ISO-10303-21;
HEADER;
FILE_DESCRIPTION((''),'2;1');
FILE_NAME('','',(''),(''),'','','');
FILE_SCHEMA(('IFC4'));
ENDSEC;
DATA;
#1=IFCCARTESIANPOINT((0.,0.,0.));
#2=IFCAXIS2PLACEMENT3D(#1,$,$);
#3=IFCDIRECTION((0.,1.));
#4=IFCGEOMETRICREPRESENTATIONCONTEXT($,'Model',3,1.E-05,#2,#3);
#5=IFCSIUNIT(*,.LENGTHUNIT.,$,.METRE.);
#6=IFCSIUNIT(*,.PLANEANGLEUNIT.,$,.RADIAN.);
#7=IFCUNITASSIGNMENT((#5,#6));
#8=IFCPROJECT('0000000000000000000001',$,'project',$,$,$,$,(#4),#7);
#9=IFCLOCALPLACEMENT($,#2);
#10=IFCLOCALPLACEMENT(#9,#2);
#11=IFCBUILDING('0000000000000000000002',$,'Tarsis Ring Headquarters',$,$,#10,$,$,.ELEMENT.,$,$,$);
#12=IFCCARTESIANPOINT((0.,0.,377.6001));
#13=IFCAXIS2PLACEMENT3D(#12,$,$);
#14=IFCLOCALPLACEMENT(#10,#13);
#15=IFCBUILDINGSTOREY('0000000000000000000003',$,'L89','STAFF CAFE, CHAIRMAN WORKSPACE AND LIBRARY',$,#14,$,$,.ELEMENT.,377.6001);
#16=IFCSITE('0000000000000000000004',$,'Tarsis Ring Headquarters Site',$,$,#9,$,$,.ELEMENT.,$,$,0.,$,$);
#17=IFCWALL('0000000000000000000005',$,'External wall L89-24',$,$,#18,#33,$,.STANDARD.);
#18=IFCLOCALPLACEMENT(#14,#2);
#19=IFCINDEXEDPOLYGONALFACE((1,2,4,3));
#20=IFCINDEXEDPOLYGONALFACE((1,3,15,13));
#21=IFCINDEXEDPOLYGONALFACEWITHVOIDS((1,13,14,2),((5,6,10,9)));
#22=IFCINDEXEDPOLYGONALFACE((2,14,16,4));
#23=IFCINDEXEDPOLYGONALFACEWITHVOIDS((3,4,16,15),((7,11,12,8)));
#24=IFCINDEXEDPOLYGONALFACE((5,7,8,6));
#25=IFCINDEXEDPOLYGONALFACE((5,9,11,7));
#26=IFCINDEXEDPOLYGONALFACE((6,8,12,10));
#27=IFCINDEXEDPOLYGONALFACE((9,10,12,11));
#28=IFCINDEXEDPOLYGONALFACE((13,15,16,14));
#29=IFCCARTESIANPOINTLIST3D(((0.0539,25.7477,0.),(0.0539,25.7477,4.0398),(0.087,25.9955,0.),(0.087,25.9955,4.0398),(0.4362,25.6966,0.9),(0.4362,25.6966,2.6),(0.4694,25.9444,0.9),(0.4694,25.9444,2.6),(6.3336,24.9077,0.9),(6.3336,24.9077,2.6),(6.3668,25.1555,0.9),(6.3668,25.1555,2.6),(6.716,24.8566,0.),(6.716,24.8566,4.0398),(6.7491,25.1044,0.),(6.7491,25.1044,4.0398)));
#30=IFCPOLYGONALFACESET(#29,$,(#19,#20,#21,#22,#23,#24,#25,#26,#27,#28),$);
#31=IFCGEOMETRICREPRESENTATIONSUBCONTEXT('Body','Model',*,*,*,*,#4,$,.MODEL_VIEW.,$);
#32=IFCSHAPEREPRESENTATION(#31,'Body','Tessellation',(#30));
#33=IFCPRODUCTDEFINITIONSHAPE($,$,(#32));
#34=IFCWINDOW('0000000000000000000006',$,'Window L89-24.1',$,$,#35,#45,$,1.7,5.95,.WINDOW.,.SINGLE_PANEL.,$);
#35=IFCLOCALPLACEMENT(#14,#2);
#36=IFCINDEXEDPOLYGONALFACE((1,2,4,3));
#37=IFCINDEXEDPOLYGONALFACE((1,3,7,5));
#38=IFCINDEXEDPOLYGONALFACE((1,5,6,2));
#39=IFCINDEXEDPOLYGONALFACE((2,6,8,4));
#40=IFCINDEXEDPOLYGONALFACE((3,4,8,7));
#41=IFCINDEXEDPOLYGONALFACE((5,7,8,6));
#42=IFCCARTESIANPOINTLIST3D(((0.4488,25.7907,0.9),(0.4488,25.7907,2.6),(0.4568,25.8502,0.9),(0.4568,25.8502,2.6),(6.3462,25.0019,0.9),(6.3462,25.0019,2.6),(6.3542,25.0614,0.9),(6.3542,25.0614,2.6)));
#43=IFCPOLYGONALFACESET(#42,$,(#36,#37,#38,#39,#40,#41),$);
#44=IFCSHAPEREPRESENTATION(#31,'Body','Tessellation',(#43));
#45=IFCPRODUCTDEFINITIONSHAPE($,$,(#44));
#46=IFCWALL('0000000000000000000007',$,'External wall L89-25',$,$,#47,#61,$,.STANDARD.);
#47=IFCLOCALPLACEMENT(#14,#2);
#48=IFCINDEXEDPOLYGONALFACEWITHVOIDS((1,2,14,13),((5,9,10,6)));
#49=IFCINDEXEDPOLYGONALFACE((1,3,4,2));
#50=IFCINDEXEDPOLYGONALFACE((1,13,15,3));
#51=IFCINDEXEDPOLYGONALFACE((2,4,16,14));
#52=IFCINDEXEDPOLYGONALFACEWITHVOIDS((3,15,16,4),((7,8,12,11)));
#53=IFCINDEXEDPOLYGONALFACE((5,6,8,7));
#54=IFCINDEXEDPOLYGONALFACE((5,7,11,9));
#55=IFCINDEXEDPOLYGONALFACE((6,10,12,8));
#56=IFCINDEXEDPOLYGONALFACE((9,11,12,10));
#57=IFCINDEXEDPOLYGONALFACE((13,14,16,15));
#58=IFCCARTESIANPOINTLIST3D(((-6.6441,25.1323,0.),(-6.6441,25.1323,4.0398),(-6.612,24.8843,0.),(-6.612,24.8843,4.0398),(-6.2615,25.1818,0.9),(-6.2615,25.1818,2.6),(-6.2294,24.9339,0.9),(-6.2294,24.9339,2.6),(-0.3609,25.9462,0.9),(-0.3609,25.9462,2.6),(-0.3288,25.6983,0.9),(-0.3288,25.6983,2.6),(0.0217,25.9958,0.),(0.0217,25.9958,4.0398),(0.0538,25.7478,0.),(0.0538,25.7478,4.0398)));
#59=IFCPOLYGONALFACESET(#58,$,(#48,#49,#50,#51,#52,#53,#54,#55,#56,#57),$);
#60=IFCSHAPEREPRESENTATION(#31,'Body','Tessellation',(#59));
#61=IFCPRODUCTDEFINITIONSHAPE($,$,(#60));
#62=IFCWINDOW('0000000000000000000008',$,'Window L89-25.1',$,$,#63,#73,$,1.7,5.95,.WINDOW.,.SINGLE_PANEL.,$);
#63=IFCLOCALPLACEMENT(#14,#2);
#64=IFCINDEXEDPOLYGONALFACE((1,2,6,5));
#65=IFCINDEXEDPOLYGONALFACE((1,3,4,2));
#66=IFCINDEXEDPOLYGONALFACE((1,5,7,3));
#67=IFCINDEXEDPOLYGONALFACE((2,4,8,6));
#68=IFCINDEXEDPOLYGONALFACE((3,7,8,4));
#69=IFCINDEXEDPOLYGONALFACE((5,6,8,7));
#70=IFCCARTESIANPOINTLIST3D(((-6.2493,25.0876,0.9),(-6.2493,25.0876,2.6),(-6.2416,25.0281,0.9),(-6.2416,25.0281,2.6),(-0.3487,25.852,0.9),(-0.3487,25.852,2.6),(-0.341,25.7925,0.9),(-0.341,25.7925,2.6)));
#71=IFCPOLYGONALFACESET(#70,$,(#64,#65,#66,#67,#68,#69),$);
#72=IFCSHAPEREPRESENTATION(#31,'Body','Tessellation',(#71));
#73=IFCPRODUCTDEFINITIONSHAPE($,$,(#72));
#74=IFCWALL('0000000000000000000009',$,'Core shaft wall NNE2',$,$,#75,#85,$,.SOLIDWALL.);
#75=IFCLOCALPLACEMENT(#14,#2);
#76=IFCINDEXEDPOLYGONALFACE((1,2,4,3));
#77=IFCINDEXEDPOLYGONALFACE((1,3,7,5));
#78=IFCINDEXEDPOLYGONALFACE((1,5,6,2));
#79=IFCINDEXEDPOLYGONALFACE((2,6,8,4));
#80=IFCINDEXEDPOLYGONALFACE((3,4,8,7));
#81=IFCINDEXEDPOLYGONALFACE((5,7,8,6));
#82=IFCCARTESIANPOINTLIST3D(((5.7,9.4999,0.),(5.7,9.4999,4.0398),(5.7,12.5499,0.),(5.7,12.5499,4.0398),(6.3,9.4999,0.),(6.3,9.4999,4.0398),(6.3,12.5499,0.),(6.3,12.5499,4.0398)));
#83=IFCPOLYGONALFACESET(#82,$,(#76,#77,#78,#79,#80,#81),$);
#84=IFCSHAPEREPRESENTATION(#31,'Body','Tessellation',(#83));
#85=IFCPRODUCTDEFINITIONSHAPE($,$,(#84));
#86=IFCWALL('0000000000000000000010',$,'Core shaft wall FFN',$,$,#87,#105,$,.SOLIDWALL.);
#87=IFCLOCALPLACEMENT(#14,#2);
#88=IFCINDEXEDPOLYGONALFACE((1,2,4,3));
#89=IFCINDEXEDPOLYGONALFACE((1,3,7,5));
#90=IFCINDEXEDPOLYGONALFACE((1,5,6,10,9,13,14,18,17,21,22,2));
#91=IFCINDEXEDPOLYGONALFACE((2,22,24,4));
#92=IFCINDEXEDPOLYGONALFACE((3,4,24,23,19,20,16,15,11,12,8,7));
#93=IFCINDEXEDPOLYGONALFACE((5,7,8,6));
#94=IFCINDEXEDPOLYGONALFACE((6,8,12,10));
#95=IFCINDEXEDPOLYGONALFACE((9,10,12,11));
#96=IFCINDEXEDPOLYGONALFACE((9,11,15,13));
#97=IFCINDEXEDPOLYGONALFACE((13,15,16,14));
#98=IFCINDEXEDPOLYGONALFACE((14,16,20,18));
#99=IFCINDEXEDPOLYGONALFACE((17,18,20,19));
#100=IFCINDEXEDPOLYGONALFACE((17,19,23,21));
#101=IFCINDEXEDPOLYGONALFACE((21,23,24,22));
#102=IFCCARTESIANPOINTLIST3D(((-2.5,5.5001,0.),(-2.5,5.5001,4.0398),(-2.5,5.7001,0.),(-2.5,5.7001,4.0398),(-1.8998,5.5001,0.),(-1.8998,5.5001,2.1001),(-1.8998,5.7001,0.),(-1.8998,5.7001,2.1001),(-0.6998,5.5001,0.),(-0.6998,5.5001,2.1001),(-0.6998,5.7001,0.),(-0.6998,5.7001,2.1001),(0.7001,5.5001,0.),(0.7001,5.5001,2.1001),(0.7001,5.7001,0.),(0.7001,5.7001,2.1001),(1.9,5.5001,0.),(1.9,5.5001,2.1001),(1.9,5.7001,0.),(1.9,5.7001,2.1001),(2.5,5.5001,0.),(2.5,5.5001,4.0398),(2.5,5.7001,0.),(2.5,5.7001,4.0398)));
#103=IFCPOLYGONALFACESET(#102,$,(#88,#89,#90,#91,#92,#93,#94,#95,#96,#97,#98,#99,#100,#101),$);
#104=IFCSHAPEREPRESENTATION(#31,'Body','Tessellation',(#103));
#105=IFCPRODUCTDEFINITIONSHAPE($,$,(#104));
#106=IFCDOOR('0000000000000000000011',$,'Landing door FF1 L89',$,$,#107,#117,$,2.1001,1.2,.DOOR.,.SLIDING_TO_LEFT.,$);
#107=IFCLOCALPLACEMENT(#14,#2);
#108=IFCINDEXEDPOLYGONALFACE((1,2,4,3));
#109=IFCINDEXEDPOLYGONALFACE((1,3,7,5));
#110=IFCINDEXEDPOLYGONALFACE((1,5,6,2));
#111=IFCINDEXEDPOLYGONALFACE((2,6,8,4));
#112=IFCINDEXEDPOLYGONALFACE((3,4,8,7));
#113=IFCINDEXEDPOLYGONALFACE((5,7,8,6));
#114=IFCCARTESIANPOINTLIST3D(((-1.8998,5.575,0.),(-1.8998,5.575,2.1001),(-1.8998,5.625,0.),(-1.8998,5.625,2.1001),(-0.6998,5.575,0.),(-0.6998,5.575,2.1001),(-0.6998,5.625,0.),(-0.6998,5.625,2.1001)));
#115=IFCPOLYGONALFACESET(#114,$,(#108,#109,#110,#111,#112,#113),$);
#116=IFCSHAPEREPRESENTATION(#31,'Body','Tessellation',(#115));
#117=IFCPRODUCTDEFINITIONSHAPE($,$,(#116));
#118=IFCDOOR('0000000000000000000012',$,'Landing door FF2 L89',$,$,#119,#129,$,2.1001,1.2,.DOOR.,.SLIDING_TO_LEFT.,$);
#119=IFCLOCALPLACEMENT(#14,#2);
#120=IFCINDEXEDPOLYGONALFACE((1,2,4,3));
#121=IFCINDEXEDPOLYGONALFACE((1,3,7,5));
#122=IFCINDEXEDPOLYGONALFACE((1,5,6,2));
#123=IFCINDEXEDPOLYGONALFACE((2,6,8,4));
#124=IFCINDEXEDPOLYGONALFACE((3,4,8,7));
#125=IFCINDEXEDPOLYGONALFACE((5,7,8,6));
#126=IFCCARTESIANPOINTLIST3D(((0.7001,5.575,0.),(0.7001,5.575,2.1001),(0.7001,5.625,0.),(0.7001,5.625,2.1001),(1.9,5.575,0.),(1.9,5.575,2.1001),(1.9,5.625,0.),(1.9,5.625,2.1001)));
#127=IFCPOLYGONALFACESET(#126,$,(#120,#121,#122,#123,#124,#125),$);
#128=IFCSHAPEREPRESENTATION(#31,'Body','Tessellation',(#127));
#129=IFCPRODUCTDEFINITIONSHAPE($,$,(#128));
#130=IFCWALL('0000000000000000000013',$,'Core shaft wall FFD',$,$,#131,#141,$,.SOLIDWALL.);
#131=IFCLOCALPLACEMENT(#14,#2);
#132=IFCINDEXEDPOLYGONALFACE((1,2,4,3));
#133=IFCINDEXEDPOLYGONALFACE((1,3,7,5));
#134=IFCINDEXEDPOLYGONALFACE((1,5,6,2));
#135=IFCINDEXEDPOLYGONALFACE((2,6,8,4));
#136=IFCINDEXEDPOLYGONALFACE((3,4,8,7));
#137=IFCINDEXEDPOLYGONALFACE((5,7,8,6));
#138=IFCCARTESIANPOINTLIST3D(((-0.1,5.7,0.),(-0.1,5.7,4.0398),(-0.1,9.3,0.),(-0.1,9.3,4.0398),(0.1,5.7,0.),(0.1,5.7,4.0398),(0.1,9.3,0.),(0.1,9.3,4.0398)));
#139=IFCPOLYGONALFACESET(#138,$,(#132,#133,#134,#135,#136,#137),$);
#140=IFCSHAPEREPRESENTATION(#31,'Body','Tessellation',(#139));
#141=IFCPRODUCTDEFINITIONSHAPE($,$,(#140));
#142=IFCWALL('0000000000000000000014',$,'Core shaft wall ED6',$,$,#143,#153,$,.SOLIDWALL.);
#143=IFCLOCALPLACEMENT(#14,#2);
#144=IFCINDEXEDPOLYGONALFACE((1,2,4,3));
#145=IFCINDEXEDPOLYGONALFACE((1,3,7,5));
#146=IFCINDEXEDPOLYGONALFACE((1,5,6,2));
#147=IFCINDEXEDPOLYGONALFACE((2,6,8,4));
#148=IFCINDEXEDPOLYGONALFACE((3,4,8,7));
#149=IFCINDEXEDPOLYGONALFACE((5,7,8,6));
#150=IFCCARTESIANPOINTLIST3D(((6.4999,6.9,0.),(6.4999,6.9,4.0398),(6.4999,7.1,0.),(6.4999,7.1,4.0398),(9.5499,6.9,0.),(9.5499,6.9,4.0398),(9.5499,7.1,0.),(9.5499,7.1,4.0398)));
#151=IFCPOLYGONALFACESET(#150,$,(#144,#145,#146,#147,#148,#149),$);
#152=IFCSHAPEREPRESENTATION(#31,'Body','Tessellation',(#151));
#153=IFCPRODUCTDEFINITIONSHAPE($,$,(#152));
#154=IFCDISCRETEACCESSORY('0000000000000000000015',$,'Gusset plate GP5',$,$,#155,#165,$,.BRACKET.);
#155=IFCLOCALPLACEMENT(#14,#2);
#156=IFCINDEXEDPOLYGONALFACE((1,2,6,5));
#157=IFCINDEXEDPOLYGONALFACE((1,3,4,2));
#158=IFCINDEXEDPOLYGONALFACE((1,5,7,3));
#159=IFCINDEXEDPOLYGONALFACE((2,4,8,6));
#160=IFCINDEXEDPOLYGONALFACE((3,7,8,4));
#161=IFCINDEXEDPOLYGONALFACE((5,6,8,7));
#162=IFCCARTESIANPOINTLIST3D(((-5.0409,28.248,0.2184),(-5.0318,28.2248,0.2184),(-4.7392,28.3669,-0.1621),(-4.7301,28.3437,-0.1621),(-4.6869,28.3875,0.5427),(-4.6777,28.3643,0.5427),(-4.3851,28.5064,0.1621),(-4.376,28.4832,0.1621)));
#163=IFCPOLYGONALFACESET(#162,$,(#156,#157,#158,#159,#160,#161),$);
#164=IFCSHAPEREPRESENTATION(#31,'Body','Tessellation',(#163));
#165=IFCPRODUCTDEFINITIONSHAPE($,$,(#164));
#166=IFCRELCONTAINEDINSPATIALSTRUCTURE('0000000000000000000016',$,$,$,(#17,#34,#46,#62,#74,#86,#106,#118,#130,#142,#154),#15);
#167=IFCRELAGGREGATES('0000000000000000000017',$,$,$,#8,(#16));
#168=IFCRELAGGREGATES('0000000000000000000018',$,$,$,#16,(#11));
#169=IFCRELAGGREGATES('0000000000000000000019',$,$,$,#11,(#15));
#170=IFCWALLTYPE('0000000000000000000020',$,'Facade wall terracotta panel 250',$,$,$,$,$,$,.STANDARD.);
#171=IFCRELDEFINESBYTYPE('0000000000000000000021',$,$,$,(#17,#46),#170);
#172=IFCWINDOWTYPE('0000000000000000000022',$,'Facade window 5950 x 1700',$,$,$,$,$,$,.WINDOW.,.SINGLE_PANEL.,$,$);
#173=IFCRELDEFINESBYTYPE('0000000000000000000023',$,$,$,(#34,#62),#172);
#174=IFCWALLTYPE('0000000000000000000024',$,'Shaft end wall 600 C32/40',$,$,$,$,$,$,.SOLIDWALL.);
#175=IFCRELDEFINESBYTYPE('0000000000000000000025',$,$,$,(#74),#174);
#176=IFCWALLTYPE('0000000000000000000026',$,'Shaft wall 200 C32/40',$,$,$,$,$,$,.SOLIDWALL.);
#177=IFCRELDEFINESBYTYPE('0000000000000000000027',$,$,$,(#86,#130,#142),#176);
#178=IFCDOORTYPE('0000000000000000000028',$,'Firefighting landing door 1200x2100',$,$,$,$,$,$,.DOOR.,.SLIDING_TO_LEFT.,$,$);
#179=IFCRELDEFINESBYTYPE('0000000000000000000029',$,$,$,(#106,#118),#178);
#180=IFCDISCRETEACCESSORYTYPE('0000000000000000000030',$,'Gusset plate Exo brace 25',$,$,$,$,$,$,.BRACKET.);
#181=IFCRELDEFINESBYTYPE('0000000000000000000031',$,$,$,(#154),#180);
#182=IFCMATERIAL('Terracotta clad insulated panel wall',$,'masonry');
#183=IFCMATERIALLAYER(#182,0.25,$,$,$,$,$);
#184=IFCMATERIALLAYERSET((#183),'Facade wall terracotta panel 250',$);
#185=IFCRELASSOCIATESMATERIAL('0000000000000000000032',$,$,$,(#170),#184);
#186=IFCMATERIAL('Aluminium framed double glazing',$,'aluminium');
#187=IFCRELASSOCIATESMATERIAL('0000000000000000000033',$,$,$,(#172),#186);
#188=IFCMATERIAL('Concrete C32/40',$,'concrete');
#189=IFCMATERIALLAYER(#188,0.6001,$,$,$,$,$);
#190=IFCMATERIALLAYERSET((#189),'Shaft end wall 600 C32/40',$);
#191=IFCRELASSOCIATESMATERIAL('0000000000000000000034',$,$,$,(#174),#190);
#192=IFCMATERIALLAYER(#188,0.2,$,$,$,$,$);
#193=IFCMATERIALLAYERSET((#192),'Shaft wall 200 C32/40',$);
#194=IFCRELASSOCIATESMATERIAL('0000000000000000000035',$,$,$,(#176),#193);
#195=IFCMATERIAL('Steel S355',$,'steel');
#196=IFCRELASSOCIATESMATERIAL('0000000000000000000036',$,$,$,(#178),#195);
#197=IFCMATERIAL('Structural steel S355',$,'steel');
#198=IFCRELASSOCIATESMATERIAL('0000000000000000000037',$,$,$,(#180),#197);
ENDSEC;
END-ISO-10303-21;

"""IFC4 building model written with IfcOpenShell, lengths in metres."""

from ifc_helpers import new_model, si_unit, direction, frame, frame_2d, origin, origin_2d, place, context, subcontext, project, spatial, rectangle, extrude, material, layer, layer_set, material_profile, profile_set, type_object, element, fill, save


model = new_model("IFC4")

# Units and contexts
model_context = context("Model", 3, precision=1e-05, world=origin(), true_north=direction((0.0, 1.0)))
body_context = subcontext(model_context, "Body", "Model", "MODEL_VIEW")
ifc_project = project(units=[si_unit("LENGTHUNIT", "METRE"), si_unit("PLANEANGLEUNIT", "RADIAN")], contexts=[model_context])

# Site, building, storey
site_placement = place(None, origin())
site = spatial("IfcSite", under=ifc_project, at=site_placement, Name="Tarsis Ring Headquarters Site", CompositionType="ELEMENT", RefElevation=0.0)
building_placement = place(site_placement, origin())
building = spatial("IfcBuilding", under=site, at=building_placement, Name="Tarsis Ring Headquarters", CompositionType="ELEMENT")
storey_placement = place(building_placement, frame((0.0, 0.0, 377.6001)))
storey = spatial("IfcBuildingStorey", under=building, at=storey_placement, Name="L89", Description="STAFF CAFE, CHAIRMAN WORKSPACE AND LIBRARY", CompositionType="ELEMENT", Elevation=377.6001)

# Shared definitions
ifc_material_1 = material(Name="Structural steel S355", Category="steel")

# Walls, openings, windows
ifc_material_2 = material(Name="Terracotta clad insulated panel wall", Category="masonry")
ifc_layer_1 = layer(ifc_material_2, 0.25)
ifc_layer_set_1 = layer_set([ifc_layer_1], Name="Facade wall terracotta panel 250")
wall_type_1 = type_object("IfcWallType", Name="Facade wall terracotta panel 250", PredefinedType="STANDARD", material=ifc_layer_set_1)
wall_1_placement = place(storey_placement, frame((6.7327, 24.9805, 0.0), z_axis=(0.0, 0.0, 1.0), x_axis=(-0.991173, 0.132578, 0.0)))
wall_1 = element("IfcWall", 1, at=wall_1_placement, inside=storey, type_object=wall_type_1, Name="External wall L89-24", PredefinedType="STANDARD", context=body_context, shape_type="SweptSolid", body=[
    extrude(rectangle(XDim=6.7214, YDim=0.25, at=frame_2d((3.3608, 0.0))), origin(), (0.0, 0.0, 1.0), 4.0398),
])
opening_1_placement = place(wall_1_placement, frame((0.3857, 0.0, 0.8999)))
opening_1 = element("IfcOpeningElement", 2, at=opening_1_placement, cuts=wall_1, PredefinedType="OPENING", context=body_context, shape_type="SweptSolid", body=[
    extrude(rectangle(XDim=5.95, YDim=1.7, at=frame_2d((2.9751, 0.8501))), frame((0.0, 0.135, 0.0), z_axis=(0.0, -1.0, 0.0), x_axis=(1.0, 0.0, 0.0)), (0.0, 0.0, 1.0), 0.27),
])
ifc_material_3 = material(Name="Aluminium framed double glazing", Category="aluminium")
window_type = type_object("IfcWindowType", Name="Facade window 5950 x 1700", PartitioningType="SINGLE_PANEL", PredefinedType="WINDOW", material=ifc_material_3)
window_1_placement = place(opening_1_placement, origin())
window_1 = element("IfcWindow", 3, at=window_1_placement, inside=storey, type_object=window_type, Name="Window L89-24.1", OverallHeight=1.7, OverallWidth=5.95, PartitioningType="SINGLE_PANEL", PredefinedType="WINDOW", context=body_context, shape_type="SweptSolid", body=[
    extrude(rectangle(XDim=5.95, YDim=1.7, at=frame_2d((2.9751, 0.8501))), frame((0.0, 0.03, 0.0), z_axis=(0.0, -1.0, 0.0), x_axis=(1.0, 0.0, 0.0)), (0.0, 0.0, 1.0), 0.0601),
])
fill(opening_1, window_1)
wall_2_placement = place(storey_placement, frame((0.0378, 25.8718, 0.0), z_axis=(0.0, 0.0, 1.0), x_axis=(-0.991713, -0.128473, 0.0)))
wall_2 = element("IfcWall", 4, at=wall_2_placement, inside=storey, type_object=wall_type_1, Name="External wall L89-25", PredefinedType="STANDARD", context=body_context, shape_type="SweptSolid", body=[
    extrude(rectangle(XDim=6.7214, YDim=0.25, at=frame_2d((3.3608, 0.0))), origin(), (0.0, 0.0, 1.0), 4.0398),
])
opening_2_placement = place(wall_2_placement, frame((0.3857, 0.0, 0.8999)))
opening_2 = element("IfcOpeningElement", 5, at=opening_2_placement, cuts=wall_2, PredefinedType="OPENING", context=body_context, shape_type="SweptSolid", body=[
    extrude(rectangle(XDim=5.95, YDim=1.7, at=frame_2d((2.9751, 0.8501))), frame((0.0, 0.135, 0.0), z_axis=(0.0, -1.0, 0.0), x_axis=(1.0, 0.0, 0.0)), (0.0, 0.0, 1.0), 0.27),
])
window_2_placement = place(opening_2_placement, origin())
window_2 = element("IfcWindow", 6, at=window_2_placement, inside=storey, type_object=window_type, Name="Window L89-25.1", OverallHeight=1.7, OverallWidth=5.95, PartitioningType="SINGLE_PANEL", PredefinedType="WINDOW", context=body_context, shape_type="SweptSolid", body=[
    extrude(rectangle(XDim=5.95, YDim=1.7, at=frame_2d((2.9751, 0.8501))), frame((0.0, 0.03, 0.0), z_axis=(0.0, -1.0, 0.0), x_axis=(1.0, 0.0, 0.0)), (0.0, 0.0, 1.0), 0.0601),
])
fill(opening_2, window_2)

# Wall
ifc_material_4 = material(Name="Concrete C32/40", Category="concrete")
ifc_layer_2 = layer(ifc_material_4, 0.6001)
ifc_layer_set_2 = layer_set([ifc_layer_2], Name="Shaft end wall 600 C32/40")
wall_type_2 = type_object("IfcWallType", Name="Shaft end wall 600 C32/40", PredefinedType="SOLIDWALL", material=ifc_layer_set_2)
wall_3_placement = place(storey_placement, frame((6.0, 9.5, 0.0), z_axis=(0.0, 0.0, 1.0), x_axis=(0.0, 1.0, 0.0)))
element("IfcWall", 7, at=wall_3_placement, inside=storey, type_object=wall_type_2, Name="Core shaft wall NNE2", PredefinedType="SOLIDWALL", context=body_context, shape_type="SweptSolid", body=[
    extrude(rectangle(XDim=3.05, YDim=0.6001, at=frame_2d((1.5249, 0.0))), origin(), (0.0, 0.0, 1.0), 4.0398),
])

# Wall, openings, doors
ifc_layer_3 = layer(ifc_material_4, 0.2)
ifc_layer_set_3 = layer_set([ifc_layer_3], Name="Shaft wall 200 C32/40")
wall_type_3 = type_object("IfcWallType", Name="Shaft wall 200 C32/40", PredefinedType="SOLIDWALL", material=ifc_layer_set_3)
wall_4_placement = place(storey_placement, frame((-2.5, 5.6001, 0.0), z_axis=(0.0, 0.0, 1.0), x_axis=(1.0, 0.0, 0.0)))
wall_4 = element("IfcWall", 8, at=wall_4_placement, inside=storey, type_object=wall_type_3, Name="Core shaft wall FFN", PredefinedType="SOLIDWALL", context=body_context, shape_type="SweptSolid", body=[
    extrude(rectangle(XDim=5.0, YDim=0.2, at=frame_2d((2.5, 0.0))), origin(), (0.0, 0.0, 1.0), 4.0398),
])
opening_3_placement = place(wall_4_placement, frame((0.6001, 0.0, 0.0)))
opening_3 = element("IfcOpeningElement", 9, at=opening_3_placement, cuts=wall_4, PredefinedType="OPENING", context=body_context, shape_type="SweptSolid", body=[
    extrude(rectangle(XDim=1.2, YDim=2.1001, at=frame_2d((0.6001, 1.05))), frame((0.0, 0.1099, 0.0), z_axis=(0.0, -1.0, 0.0), x_axis=(1.0, 0.0, 0.0)), (0.0, 0.0, 1.0), 0.22),
])
opening_4_placement = place(wall_4_placement, frame((3.2, 0.0, 0.0)))
opening_4 = element("IfcOpeningElement", 10, at=opening_4_placement, cuts=wall_4, PredefinedType="OPENING", context=body_context, shape_type="SweptSolid", body=[
    extrude(rectangle(XDim=1.2, YDim=2.1001, at=frame_2d((0.6001, 1.05))), frame((0.0, 0.1099, 0.0), z_axis=(0.0, -1.0, 0.0), x_axis=(1.0, 0.0, 0.0)), (0.0, 0.0, 1.0), 0.22),
])
ifc_material_5 = material(Name="Steel S355", Category="steel")
door_type = type_object("IfcDoorType", Name="Firefighting landing door 1200x2100", OperationType="SLIDING_TO_LEFT", PredefinedType="DOOR", material=ifc_material_5)
door_1_placement = place(opening_3_placement, origin())
door_1 = element("IfcDoor", 11, at=door_1_placement, inside=storey, type_object=door_type, Name="Landing door FF1 L89", OperationType="SLIDING_TO_LEFT", OverallHeight=2.1001, OverallWidth=1.2, PredefinedType="DOOR", context=body_context, shape_type="SweptSolid", body=[
    extrude(rectangle(XDim=1.2, YDim=2.1001, at=frame_2d((0.6001, 1.05))), frame((0.0, 0.0249, 0.0), z_axis=(0.0, -1.0, 0.0), x_axis=(1.0, 0.0, 0.0)), (0.0, 0.0, 1.0), 0.05),
])
fill(opening_3, door_1)
door_2_placement = place(opening_4_placement, origin())
door_2 = element("IfcDoor", 12, at=door_2_placement, inside=storey, type_object=door_type, Name="Landing door FF2 L89", OperationType="SLIDING_TO_LEFT", OverallHeight=2.1001, OverallWidth=1.2, PredefinedType="DOOR", context=body_context, shape_type="SweptSolid", body=[
    extrude(rectangle(XDim=1.2, YDim=2.1001, at=frame_2d((0.6001, 1.05))), frame((0.0, 0.0249, 0.0), z_axis=(0.0, -1.0, 0.0), x_axis=(1.0, 0.0, 0.0)), (0.0, 0.0, 1.0), 0.05),
])
fill(opening_4, door_2)

# Walls
wall_5_placement = place(storey_placement, frame((0.0, 5.7, 0.0), z_axis=(0.0, 0.0, 1.0), x_axis=(0.0, 1.0, 0.0)))
element("IfcWall", 13, at=wall_5_placement, inside=storey, type_object=wall_type_3, Name="Core shaft wall FFD", PredefinedType="SOLIDWALL", context=body_context, shape_type="SweptSolid", body=[
    extrude(rectangle(XDim=3.6001, YDim=0.2, at=frame_2d((1.8, 0.0))), origin(), (0.0, 0.0, 1.0), 4.0398),
])
wall_6_placement = place(storey_placement, frame((6.5, 7.0, 0.0), z_axis=(0.0, 0.0, 1.0), x_axis=(1.0, 0.0, 0.0)))
element("IfcWall", 14, at=wall_6_placement, inside=storey, type_object=wall_type_3, Name="Core shaft wall ED6", PredefinedType="SOLIDWALL", context=body_context, shape_type="SweptSolid", body=[
    extrude(rectangle(XDim=3.05, YDim=0.2, at=frame_2d((1.5249, 0.0))), origin(), (0.0, 0.0, 1.0), 4.0398),
])

# Discrete accessory
ifc_material_profile_1 = material_profile(ifc_material_1, rectangle(XDim=0.0249, YDim=0.5, at=origin_2d()), Name="PL 25x500")
ifc_profile_set_1 = profile_set([ifc_material_profile_1], Name="Structural steel S355")
discrete_accessory_type = type_object("IfcDiscreteAccessoryType", Name="Gusset plate Exo brace 25", PredefinedType="BRACKET", material=ifc_profile_set_1)
discrete_accessory_placement = place(storey_placement, frame((-4.5576, 28.425, 0.0), z_axis=(-0.603441, -0.237763, 0.761136), x_axis=(0.366584, -0.930385, 0.0)))
element("IfcDiscreteAccessory", 15, at=discrete_accessory_placement, inside=storey, type_object=discrete_accessory_type, Name="Gusset plate GP5", PredefinedType="BRACKET", context=body_context, shape_type="SweptSolid", body=[
    extrude(rectangle(XDim=0.0249, YDim=0.5, at=origin_2d()), origin(), (0.0, 0.0, 1.0), 0.5),
])

save(model, "model.ifc")
